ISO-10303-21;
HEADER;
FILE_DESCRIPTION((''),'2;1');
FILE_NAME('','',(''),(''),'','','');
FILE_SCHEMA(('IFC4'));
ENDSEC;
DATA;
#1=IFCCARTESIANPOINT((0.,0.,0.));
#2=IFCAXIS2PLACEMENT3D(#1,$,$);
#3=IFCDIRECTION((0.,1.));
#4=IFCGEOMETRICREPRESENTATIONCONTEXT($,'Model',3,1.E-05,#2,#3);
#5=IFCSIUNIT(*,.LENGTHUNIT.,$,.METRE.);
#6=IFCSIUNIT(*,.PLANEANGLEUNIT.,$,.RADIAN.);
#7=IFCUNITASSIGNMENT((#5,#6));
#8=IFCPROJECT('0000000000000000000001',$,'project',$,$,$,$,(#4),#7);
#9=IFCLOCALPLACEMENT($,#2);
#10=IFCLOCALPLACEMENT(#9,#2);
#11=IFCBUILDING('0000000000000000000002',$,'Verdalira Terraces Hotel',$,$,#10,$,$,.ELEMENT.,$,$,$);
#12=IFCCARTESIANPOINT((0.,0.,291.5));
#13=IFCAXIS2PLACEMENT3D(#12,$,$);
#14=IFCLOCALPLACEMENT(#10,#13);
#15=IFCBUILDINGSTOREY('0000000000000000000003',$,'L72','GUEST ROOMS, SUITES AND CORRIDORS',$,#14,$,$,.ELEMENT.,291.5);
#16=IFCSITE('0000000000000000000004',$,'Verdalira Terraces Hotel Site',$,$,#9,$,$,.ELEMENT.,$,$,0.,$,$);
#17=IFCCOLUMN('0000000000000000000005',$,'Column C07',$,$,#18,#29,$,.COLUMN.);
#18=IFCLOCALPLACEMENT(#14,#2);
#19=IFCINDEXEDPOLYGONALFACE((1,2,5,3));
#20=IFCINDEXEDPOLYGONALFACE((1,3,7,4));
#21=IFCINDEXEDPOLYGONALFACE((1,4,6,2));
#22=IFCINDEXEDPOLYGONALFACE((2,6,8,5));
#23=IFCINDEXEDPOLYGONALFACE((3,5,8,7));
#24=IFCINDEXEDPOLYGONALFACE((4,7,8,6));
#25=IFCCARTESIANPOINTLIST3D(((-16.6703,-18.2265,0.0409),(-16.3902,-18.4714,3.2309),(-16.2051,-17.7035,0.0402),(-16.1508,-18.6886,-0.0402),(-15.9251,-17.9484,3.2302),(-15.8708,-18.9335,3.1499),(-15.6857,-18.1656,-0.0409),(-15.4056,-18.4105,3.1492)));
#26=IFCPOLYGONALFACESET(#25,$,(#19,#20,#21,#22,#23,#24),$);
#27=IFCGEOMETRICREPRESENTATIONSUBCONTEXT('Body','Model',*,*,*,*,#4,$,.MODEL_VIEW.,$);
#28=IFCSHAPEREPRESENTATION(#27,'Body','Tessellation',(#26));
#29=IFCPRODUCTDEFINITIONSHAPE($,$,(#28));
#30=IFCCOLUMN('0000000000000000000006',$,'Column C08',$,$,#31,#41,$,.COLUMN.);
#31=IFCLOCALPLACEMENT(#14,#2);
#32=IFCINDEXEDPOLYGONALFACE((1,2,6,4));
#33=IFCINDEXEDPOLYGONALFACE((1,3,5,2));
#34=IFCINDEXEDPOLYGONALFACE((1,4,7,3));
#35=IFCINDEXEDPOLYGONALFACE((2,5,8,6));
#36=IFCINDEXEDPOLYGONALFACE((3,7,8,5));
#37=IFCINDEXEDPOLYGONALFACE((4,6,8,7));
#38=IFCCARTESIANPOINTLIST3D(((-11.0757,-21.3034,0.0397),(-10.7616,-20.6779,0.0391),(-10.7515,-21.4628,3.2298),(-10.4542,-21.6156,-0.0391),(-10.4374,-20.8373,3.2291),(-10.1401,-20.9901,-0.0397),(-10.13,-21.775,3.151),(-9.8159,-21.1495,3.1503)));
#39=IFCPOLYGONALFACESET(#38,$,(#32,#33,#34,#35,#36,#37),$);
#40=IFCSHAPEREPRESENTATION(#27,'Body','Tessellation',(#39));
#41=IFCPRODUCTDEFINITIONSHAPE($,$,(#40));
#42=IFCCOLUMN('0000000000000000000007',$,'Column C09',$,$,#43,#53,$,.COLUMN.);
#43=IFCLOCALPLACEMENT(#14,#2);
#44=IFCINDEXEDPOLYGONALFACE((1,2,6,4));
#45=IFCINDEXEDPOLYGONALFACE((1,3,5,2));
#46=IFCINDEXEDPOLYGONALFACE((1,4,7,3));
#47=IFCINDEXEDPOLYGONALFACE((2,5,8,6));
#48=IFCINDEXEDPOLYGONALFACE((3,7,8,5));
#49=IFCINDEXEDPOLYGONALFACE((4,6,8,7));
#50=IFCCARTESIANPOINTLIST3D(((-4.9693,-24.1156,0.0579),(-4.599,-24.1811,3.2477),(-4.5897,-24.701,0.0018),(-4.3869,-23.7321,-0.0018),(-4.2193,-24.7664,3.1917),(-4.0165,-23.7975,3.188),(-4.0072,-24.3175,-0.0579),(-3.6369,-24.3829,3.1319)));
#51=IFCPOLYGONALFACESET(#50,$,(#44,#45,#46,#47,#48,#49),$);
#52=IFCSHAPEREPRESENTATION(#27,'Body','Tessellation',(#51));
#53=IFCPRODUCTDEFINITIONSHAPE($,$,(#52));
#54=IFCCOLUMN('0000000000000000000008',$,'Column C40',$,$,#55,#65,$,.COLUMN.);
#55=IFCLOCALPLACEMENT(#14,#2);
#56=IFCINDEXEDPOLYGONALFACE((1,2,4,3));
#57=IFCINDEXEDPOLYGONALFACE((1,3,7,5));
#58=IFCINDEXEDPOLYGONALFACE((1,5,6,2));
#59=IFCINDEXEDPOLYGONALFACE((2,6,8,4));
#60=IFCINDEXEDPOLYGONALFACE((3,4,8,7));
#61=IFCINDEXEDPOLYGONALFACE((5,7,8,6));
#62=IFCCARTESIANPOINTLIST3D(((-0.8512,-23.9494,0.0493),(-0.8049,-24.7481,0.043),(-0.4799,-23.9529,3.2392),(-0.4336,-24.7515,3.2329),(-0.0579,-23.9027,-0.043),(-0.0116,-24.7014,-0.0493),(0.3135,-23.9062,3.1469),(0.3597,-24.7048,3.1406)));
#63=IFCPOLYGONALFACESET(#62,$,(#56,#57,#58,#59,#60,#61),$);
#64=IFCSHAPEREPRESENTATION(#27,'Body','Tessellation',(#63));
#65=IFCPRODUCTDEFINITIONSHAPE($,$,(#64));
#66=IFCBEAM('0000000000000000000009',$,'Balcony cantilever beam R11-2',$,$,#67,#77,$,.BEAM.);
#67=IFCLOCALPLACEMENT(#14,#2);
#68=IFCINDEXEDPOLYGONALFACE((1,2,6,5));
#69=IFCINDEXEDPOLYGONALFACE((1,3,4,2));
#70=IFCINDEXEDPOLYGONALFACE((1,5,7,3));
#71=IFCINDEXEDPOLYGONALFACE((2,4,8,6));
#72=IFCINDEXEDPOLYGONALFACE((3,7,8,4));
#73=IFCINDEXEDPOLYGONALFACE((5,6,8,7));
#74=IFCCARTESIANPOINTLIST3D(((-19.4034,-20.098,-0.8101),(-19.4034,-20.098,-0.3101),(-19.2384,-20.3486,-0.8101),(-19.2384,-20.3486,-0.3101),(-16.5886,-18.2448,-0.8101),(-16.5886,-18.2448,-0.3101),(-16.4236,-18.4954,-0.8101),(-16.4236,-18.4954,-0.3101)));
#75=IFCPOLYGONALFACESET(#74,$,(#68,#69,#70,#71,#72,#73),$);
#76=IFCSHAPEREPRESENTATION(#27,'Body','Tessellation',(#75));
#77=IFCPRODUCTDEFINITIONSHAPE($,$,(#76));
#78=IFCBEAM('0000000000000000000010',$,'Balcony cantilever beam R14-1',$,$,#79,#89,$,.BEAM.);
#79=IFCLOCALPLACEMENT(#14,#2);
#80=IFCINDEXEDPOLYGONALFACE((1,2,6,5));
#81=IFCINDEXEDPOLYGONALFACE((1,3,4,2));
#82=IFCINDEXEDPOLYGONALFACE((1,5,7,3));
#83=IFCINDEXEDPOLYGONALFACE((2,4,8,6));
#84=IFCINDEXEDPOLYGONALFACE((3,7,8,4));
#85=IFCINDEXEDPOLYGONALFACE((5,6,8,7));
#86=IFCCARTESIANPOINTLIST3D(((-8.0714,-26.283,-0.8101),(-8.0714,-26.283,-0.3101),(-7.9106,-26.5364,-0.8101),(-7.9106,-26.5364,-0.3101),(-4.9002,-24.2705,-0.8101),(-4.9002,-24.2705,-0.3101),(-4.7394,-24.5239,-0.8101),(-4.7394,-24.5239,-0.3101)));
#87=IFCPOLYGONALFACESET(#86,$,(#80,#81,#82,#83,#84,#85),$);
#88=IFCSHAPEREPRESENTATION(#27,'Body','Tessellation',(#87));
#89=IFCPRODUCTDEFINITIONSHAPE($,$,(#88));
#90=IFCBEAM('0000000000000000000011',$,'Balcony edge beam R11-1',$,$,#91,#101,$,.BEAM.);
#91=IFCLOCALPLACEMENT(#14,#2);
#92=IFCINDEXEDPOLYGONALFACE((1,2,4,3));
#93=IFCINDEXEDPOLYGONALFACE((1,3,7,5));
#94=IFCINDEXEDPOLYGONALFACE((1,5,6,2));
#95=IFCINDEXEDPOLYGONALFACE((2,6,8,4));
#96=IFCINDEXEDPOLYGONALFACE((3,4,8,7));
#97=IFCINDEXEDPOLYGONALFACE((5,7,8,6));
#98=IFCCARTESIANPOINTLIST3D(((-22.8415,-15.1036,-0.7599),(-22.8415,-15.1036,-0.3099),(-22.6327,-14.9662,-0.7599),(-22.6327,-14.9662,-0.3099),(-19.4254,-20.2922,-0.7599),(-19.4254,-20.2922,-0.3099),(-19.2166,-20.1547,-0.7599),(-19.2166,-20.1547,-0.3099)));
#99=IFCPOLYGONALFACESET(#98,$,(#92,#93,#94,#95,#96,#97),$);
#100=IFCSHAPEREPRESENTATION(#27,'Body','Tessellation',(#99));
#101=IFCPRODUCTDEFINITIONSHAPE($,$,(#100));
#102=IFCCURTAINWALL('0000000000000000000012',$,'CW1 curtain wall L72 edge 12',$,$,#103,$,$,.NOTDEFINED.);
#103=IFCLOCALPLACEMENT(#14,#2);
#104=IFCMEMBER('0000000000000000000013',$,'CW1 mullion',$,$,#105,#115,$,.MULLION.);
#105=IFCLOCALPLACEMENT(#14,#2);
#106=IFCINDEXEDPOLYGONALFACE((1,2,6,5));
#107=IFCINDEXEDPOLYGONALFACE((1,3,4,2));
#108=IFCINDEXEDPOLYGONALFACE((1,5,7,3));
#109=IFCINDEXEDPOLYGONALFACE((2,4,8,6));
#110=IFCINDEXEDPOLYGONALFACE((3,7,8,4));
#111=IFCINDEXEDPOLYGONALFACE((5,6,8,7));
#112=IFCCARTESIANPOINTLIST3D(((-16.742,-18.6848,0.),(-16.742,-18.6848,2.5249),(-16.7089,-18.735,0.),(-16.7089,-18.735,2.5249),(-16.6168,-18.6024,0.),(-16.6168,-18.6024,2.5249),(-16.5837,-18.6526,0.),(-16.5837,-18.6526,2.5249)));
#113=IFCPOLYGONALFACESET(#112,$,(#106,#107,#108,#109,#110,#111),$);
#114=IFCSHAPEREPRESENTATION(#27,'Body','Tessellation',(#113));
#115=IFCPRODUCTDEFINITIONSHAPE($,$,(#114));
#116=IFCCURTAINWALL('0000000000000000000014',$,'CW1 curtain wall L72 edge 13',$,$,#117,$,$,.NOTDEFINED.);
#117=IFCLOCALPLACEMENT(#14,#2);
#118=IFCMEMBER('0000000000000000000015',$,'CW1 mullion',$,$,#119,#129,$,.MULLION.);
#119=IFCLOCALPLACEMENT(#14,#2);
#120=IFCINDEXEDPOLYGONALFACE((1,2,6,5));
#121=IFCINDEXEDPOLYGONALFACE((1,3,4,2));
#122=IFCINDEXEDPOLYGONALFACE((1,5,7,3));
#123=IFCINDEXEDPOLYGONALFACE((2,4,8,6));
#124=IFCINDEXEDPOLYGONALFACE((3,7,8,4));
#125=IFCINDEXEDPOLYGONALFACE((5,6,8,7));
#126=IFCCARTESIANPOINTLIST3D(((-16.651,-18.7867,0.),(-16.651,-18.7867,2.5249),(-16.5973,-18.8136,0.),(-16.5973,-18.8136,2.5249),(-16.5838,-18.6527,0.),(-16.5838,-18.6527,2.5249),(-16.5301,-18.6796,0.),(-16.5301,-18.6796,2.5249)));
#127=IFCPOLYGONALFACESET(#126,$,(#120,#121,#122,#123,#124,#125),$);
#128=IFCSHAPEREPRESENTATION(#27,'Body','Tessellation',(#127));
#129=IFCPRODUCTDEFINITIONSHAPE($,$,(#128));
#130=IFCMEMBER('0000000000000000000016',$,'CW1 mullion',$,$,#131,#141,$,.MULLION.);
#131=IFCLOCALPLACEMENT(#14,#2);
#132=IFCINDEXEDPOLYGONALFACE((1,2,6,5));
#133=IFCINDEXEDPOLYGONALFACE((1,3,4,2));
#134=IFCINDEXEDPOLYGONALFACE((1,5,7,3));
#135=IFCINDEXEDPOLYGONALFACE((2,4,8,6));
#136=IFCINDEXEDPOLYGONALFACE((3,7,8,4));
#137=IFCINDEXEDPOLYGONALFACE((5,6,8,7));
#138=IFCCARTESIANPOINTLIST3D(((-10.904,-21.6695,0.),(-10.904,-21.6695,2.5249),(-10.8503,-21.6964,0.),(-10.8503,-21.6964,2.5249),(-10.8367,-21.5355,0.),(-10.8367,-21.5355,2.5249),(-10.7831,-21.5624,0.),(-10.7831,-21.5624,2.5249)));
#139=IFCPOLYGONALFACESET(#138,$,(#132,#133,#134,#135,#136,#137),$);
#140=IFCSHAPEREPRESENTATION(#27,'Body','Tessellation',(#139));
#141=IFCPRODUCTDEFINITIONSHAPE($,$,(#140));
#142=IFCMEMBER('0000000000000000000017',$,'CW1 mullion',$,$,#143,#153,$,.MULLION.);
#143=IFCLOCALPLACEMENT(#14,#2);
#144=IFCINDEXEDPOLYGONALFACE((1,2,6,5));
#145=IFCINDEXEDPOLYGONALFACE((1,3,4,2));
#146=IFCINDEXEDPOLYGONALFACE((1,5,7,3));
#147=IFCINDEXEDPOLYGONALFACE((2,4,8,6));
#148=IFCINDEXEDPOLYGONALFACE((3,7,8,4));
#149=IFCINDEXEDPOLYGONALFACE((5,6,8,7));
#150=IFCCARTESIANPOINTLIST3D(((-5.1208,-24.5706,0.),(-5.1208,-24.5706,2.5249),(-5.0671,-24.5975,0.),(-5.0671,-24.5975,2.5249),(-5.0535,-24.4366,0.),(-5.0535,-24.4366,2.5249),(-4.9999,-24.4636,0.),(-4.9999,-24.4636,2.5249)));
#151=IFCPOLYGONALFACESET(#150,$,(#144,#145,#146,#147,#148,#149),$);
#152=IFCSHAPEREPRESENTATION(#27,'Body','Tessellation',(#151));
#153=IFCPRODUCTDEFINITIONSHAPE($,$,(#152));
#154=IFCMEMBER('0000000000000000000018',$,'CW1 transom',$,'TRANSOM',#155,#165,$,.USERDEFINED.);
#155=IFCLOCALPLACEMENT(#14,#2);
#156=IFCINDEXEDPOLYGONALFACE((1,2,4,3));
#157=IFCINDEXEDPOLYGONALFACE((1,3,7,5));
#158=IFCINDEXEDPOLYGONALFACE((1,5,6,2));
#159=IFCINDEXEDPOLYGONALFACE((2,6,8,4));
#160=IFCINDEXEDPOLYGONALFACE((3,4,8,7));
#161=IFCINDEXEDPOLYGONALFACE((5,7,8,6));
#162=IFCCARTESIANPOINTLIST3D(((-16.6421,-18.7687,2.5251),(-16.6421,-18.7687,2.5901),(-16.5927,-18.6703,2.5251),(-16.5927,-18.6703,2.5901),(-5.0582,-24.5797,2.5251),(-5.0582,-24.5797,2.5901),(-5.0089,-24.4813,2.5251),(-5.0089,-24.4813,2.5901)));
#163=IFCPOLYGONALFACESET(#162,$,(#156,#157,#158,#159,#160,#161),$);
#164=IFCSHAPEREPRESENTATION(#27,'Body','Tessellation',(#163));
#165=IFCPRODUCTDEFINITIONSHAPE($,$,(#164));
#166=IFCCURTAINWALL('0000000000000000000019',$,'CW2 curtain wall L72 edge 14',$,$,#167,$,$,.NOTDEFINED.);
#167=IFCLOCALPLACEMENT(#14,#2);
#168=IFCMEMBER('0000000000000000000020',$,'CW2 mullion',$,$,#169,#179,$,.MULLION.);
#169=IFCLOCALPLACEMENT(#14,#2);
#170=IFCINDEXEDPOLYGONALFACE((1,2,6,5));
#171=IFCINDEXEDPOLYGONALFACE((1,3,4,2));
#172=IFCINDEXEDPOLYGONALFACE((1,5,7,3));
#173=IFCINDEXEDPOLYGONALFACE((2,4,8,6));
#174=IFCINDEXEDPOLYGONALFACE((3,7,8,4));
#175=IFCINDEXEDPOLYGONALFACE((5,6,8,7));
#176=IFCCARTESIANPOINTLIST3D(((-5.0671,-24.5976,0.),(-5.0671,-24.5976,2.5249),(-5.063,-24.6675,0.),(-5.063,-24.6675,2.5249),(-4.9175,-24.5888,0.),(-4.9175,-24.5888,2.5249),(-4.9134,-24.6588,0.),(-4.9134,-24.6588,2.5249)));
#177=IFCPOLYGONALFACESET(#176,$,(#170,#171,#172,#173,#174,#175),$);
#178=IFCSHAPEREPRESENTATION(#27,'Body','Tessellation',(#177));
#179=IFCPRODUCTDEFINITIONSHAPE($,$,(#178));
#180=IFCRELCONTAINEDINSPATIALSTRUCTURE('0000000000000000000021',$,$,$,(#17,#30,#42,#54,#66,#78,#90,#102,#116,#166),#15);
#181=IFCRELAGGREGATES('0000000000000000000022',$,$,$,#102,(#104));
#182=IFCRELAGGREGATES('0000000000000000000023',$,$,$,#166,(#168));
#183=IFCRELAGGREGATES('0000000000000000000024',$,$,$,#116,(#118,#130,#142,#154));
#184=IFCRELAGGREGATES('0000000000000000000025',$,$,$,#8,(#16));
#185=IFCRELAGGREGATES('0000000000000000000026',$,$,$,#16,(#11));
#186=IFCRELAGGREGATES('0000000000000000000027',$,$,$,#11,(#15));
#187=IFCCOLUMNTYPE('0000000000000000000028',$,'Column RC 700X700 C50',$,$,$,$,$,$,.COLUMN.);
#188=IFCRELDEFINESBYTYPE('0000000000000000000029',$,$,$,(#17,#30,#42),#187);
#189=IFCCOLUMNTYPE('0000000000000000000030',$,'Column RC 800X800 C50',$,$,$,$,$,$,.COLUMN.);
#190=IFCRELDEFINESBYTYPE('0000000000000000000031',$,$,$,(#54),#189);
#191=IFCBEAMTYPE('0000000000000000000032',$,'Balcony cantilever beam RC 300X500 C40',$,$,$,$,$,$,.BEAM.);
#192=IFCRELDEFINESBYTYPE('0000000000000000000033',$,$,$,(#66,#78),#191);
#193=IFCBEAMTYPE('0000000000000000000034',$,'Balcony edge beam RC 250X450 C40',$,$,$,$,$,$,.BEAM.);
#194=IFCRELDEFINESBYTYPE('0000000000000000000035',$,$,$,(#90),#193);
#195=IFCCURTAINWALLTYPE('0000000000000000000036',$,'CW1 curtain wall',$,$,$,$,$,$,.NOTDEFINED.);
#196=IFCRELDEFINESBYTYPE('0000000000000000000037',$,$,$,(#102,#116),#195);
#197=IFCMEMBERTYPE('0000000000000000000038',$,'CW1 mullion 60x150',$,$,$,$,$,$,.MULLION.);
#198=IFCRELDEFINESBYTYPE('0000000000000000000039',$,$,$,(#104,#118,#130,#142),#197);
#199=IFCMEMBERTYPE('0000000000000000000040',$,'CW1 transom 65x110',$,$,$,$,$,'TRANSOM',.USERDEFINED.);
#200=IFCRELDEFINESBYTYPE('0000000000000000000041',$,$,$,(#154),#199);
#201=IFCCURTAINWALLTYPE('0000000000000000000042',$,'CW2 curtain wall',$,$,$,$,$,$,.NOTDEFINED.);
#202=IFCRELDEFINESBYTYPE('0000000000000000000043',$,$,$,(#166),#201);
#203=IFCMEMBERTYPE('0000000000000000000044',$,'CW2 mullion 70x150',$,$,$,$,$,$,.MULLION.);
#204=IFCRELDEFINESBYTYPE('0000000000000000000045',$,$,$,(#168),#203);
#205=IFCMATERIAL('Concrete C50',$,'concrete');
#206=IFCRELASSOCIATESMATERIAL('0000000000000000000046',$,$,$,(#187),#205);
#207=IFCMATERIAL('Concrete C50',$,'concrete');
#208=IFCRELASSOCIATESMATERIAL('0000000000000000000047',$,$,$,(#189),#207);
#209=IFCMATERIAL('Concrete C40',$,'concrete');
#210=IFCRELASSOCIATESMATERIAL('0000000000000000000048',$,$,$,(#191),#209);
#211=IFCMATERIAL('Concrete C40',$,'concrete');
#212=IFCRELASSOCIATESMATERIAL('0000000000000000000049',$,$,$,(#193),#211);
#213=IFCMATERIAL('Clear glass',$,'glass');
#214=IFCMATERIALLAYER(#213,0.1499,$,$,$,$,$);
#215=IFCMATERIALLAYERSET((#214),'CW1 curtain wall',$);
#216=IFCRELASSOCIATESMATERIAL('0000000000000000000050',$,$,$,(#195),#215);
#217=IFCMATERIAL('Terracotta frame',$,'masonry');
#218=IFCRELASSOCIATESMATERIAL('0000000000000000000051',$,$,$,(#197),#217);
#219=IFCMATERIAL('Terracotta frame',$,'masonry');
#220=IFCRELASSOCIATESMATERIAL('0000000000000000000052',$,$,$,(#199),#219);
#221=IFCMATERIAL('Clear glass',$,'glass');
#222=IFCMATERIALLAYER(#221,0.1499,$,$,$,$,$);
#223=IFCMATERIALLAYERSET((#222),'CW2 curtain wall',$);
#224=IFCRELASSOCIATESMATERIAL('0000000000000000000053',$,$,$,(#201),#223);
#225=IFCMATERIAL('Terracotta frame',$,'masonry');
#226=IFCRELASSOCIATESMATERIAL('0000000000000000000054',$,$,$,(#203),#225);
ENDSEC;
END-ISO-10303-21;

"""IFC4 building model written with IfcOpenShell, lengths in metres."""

from ifc_helpers import new_model, si_unit, direction, frame, origin, origin_2d, place, context, subcontext, project, spatial, rectangle, extrude, material, layer, layer_set, material_profile, profile_set, type_object, element, aggregate, save


model = new_model("IFC4")

# Units and contexts
model_context = context("Model", 3, precision=1e-05, world=origin(), true_north=direction((0.0, 1.0)))
body_context = subcontext(model_context, "Body", "Model", "MODEL_VIEW")
ifc_project = project(units=[si_unit("LENGTHUNIT", "METRE"), si_unit("PLANEANGLEUNIT", "RADIAN")], contexts=[model_context])

# Site, building, storey
site_placement = place(None, origin())
site = spatial("IfcSite", under=ifc_project, at=site_placement, Name="Verdalira Terraces Hotel Site", CompositionType="ELEMENT", RefElevation=0.0)
building_placement = place(site_placement, origin())
building = spatial("IfcBuilding", under=site, at=building_placement, Name="Verdalira Terraces Hotel", CompositionType="ELEMENT")
storey_placement = place(building_placement, frame((0.0, 0.0, 291.5)))
storey = spatial("IfcBuildingStorey", under=building, at=storey_placement, Name="L72", Description="GUEST ROOMS, SUITES AND CORRIDORS", CompositionType="ELEMENT", Elevation=291.5)

# Columns
ifc_material_1 = material(Name="Concrete C50", Category="concrete")
ifc_material_profile_1 = material_profile(ifc_material_1, rectangle(XDim=0.7, YDim=0.7, at=origin_2d()), Name="RC 700X700")
ifc_profile_set_1 = profile_set([ifc_material_profile_1], Name="Concrete C50")
column_type_1 = type_object("IfcColumnType", Name="Column RC 700X700 C50", PredefinedType="COLUMN", material=ifc_profile_set_1)
column_1_placement = place(storey_placement, frame((-16.178, -18.196, 0.0), z_axis=(0.087194, -0.076247, 0.993269), x_axis=(-0.742135, 0.660167, 0.115826)))
element("IfcColumn", 1, at=column_1_placement, inside=storey, type_object=column_type_1, Name="Column C07", PredefinedType="COLUMN", context=body_context, shape_type="SweptSolid", body=[
    extrude(rectangle(XDim=0.7, YDim=0.7, at=origin_2d()), origin(), (0.0, 0.0, 1.0), 3.2117),
])
column_2_placement = place(storey_placement, frame((-10.6079, -21.1467, 0.0), z_axis=(0.100992, -0.04966, 0.993647), x_axis=(0.887927, -0.446005, -0.112537)))
element("IfcColumn", 2, at=column_2_placement, inside=storey, type_object=column_type_1, Name="Column C08", PredefinedType="COLUMN", context=body_context, shape_type="SweptSolid", body=[
    extrude(rectangle(XDim=0.7, YDim=0.7, at=origin_2d()), origin(), (0.0, 0.0, 1.0), 3.2104),
])
column_3_placement = place(storey_placement, frame((-4.4883, -24.2166, 0.0), z_axis=(0.115304, -0.02037, 0.993121), x_axis=(-0.542404, 0.836288, 0.080128)))
element("IfcColumn", 3, at=column_3_placement, inside=storey, type_object=column_type_1, Name="Column C09", PredefinedType="COLUMN", context=body_context, shape_type="SweptSolid", body=[
    extrude(rectangle(XDim=0.7, YDim=0.7, at=origin_2d()), origin(), (0.0, 0.0, 1.0), 3.2119),
])
ifc_material_2 = material(Name="Concrete C50", Category="concrete")
ifc_material_profile_2 = material_profile(ifc_material_2, rectangle(XDim=0.8, YDim=0.8, at=origin_2d()), Name="RC 800X800")
ifc_profile_set_2 = profile_set([ifc_material_profile_2], Name="Concrete C50")
column_type_2 = type_object("IfcColumnType", Name="Column RC 800X800 C50", PredefinedType="COLUMN", material=ifc_profile_set_2)
column_4_placement = place(storey_placement, frame((-0.4314, -24.3254, 0.0), z_axis=(0.115628, -0.001064, 0.993292), x_axis=(0.057856, -0.998294, -0.007805)))
element("IfcColumn", 4, at=column_4_placement, inside=storey, type_object=column_type_2, Name="Column C40", PredefinedType="COLUMN", context=body_context, shape_type="SweptSolid", body=[
    extrude(rectangle(XDim=0.8, YDim=0.8, at=origin_2d()), origin(), (0.0, 0.0, 1.0), 3.2114),
])

# Beams
ifc_material_3 = material(Name="Concrete C40", Category="concrete")
ifc_material_profile_3 = material_profile(ifc_material_3, rectangle(XDim=0.3, YDim=0.5, at=origin_2d()), Name="RC 300X500")
ifc_profile_set_3 = profile_set([ifc_material_profile_3], Name="Concrete C40")
beam_type_1 = type_object("IfcBeamType", Name="Balcony cantilever beam RC 300X500 C40", PredefinedType="BEAM", material=ifc_profile_set_3)
beam_1_placement = place(storey_placement, frame((-16.5061, -18.3701, -0.5601), z_axis=(-0.835235, -0.549893, 0.0), x_axis=(0.549893, -0.835235, 0.0)))
element("IfcBeam", 5, at=beam_1_placement, inside=storey, type_object=beam_type_1, Name="Balcony cantilever beam R11-2", PredefinedType="BEAM", context=body_context, shape_type="SweptSolid", body=[
    extrude(rectangle(XDim=0.3, YDim=0.5, at=origin_2d()), origin(), (0.0, 0.0, 1.0), 3.3701),
])
beam_2_placement = place(storey_placement, frame((-4.8198, -24.3972, -0.5601), z_axis=(-0.84433, -0.535824, 0.0), x_axis=(0.535824, -0.84433, 0.0)))
element("IfcBeam", 6, at=beam_2_placement, inside=storey, type_object=beam_type_1, Name="Balcony cantilever beam R14-1", PredefinedType="BEAM", context=body_context, shape_type="SweptSolid", body=[
    extrude(rectangle(XDim=0.3, YDim=0.5, at=origin_2d()), origin(), (0.0, 0.0, 1.0), 3.7559),
])
ifc_material_4 = material(Name="Concrete C40", Category="concrete")
ifc_material_profile_4 = material_profile(ifc_material_4, rectangle(XDim=0.25, YDim=0.45, at=origin_2d()), Name="RC 250X450")
ifc_profile_set_4 = profile_set([ifc_material_profile_4], Name="Concrete C40")
beam_type_2 = type_object("IfcBeamType", Name="Balcony edge beam RC 250X450 C40", PredefinedType="BEAM", material=ifc_profile_set_4)
beam_3_placement = place(storey_placement, frame((-22.7371, -15.0349, -0.5349), z_axis=(0.549902, -0.835229, 0.0), x_axis=(0.835229, 0.549902, 0.0)))
element("IfcBeam", 7, at=beam_3_placement, inside=storey, type_object=beam_type_2, Name="Balcony edge beam R11-1", PredefinedType="BEAM", context=body_context, shape_type="SweptSolid", body=[
    extrude(rectangle(XDim=0.25, YDim=0.45, at=origin_2d()), origin(), (0.0, 0.0, 1.0), 6.2122),
])

# Curtain wall, member
ifc_material_5 = material(Name="Clear glass", Category="glass")
ifc_layer_1 = layer(ifc_material_5, 0.1499)
ifc_layer_set_1 = layer_set([ifc_layer_1], Name="CW1 curtain wall")
curtain_wall_type_1 = type_object("IfcCurtainWallType", Name="CW1 curtain wall", PredefinedType="NOTDEFINED", material=ifc_layer_set_1)
curtain_wall_1_placement = place(storey_placement, origin())
curtain_wall_1 = element("IfcCurtainWall", 8, at=curtain_wall_1_placement, inside=storey, type_object=curtain_wall_type_1, Name="CW1 curtain wall L72 edge 12", PredefinedType="NOTDEFINED")
ifc_material_6 = material(Name="Terracotta frame", Category="masonry")
ifc_material_profile_5 = material_profile(ifc_material_6, rectangle(XDim=0.0601, YDim=0.1499, at=origin_2d()), Name="MU 60x150")
ifc_profile_set_5 = profile_set([ifc_material_profile_5], Name="Terracotta frame")
member_type_1 = type_object("IfcMemberType", Name="CW1 mullion 60x150", PredefinedType="MULLION", material=ifc_profile_set_5)
member_1_placement = place(storey_placement, frame((-16.6628, -18.6687, 0.0), z_axis=(0.0, 0.0, 1.0), x_axis=(0.549898, -0.835232, 0.0)))
member_1 = element("IfcMember", 9, at=member_1_placement, type_object=member_type_1, Name="CW1 mullion", PredefinedType="MULLION", context=body_context, shape_type="SweptSolid", body=[
    extrude(rectangle(XDim=0.0601, YDim=0.1499, at=origin_2d()), origin(), (0.0, 0.0, 1.0), 2.5249),
])
aggregate(curtain_wall_1, [member_1])

# Curtain walls, members
curtain_wall_2_placement = place(storey_placement, origin())
curtain_wall_2 = element("IfcCurtainWall", 10, at=curtain_wall_2_placement, inside=storey, type_object=curtain_wall_type_1, Name="CW1 curtain wall L72 edge 13", PredefinedType="NOTDEFINED")
member_2_placement = place(storey_placement, frame((-16.5906, -18.7332, 0.0), z_axis=(0.0, 0.0, 1.0), x_axis=(0.893841, -0.448383, 0.0)))
member_2 = element("IfcMember", 11, at=member_2_placement, type_object=member_type_1, Name="CW1 mullion", PredefinedType="MULLION", context=body_context, shape_type="SweptSolid", body=[
    extrude(rectangle(XDim=0.0601, YDim=0.1499, at=origin_2d()), origin(), (0.0, 0.0, 1.0), 2.5249),
])
member_3_placement = place(storey_placement, frame((-10.8435, -21.616, 0.0), z_axis=(0.0, 0.0, 1.0), x_axis=(0.893841, -0.448383, 0.0)))
member_3 = element("IfcMember", 12, at=member_3_placement, type_object=member_type_1, Name="CW1 mullion", PredefinedType="MULLION", context=body_context, shape_type="SweptSolid", body=[
    extrude(rectangle(XDim=0.0601, YDim=0.1499, at=origin_2d()), origin(), (0.0, 0.0, 1.0), 2.5249),
])
member_4_placement = place(storey_placement, frame((-5.0603, -24.5171, 0.0), z_axis=(0.0, 0.0, 1.0), x_axis=(0.893841, -0.448383, 0.0)))
member_4 = element("IfcMember", 13, at=member_4_placement, type_object=member_type_1, Name="CW1 mullion", PredefinedType="MULLION", context=body_context, shape_type="SweptSolid", body=[
    extrude(rectangle(XDim=0.0601, YDim=0.1499, at=origin_2d()), origin(), (0.0, 0.0, 1.0), 2.5249),
])
ifc_material_7 = material(Name="Terracotta frame", Category="masonry")
ifc_material_profile_6 = material_profile(ifc_material_7, rectangle(XDim=0.1101, YDim=0.0649, at=origin_2d()), Name="TR 65x110")
ifc_profile_set_6 = profile_set([ifc_material_profile_6], Name="Terracotta frame")
member_type_2 = type_object("IfcMemberType", Name="CW1 transom 65x110", ElementType="TRANSOM", PredefinedType="USERDEFINED", material=ifc_profile_set_6)
member_5_placement = place(storey_placement, frame((-16.6174, -18.7195, 2.5576), z_axis=(0.893839, -0.448389, 0.0), x_axis=(0.448389, 0.893839, 0.0)))
member_5 = element("IfcMember", 14, at=member_5_placement, type_object=member_type_2, Name="CW1 transom", ObjectType="TRANSOM", PredefinedType="USERDEFINED", context=body_context, shape_type="SweptSolid", body=[
    extrude(rectangle(XDim=0.1101, YDim=0.0649, at=origin_2d()), origin(), (0.0, 0.0, 1.0), 12.9597),
])
ifc_material_8 = material(Name="Clear glass", Category="glass")
ifc_layer_2 = layer(ifc_material_8, 0.1499)
ifc_layer_set_2 = layer_set([ifc_layer_2], Name="CW2 curtain wall")
curtain_wall_type_2 = type_object("IfcCurtainWallType", Name="CW2 curtain wall", PredefinedType="NOTDEFINED", material=ifc_layer_set_2)
curtain_wall_3_placement = place(storey_placement, origin())
curtain_wall_3 = element("IfcCurtainWall", 15, at=curtain_wall_3_placement, inside=storey, type_object=curtain_wall_type_2, Name="CW2 curtain wall L72 edge 14", PredefinedType="NOTDEFINED")
ifc_material_9 = material(Name="Terracotta frame", Category="masonry")
ifc_material_profile_7 = material_profile(ifc_material_9, rectangle(XDim=0.0701, YDim=0.1499, at=origin_2d()), Name="MU 70x150")
ifc_profile_set_7 = profile_set([ifc_material_profile_7], Name="Terracotta frame")
member_type_3 = type_object("IfcMemberType", Name="CW2 mullion 70x150", PredefinedType="MULLION", material=ifc_profile_set_7)
member_6_placement = place(storey_placement, frame((-4.9902, -24.6282, 0.0), z_axis=(0.0, 0.0, 1.0), x_axis=(0.058609, -0.998281, 0.0)))
member_6 = element("IfcMember", 16, at=member_6_placement, type_object=member_type_3, Name="CW2 mullion", PredefinedType="MULLION", context=body_context, shape_type="SweptSolid", body=[
    extrude(rectangle(XDim=0.0701, YDim=0.1499, at=origin_2d()), origin(), (0.0, 0.0, 1.0), 2.5249),
])
aggregate(curtain_wall_3, [member_6])

aggregate(curtain_wall_2, [member_2, member_3, member_4, member_5])

save(model, "model.ifc")
